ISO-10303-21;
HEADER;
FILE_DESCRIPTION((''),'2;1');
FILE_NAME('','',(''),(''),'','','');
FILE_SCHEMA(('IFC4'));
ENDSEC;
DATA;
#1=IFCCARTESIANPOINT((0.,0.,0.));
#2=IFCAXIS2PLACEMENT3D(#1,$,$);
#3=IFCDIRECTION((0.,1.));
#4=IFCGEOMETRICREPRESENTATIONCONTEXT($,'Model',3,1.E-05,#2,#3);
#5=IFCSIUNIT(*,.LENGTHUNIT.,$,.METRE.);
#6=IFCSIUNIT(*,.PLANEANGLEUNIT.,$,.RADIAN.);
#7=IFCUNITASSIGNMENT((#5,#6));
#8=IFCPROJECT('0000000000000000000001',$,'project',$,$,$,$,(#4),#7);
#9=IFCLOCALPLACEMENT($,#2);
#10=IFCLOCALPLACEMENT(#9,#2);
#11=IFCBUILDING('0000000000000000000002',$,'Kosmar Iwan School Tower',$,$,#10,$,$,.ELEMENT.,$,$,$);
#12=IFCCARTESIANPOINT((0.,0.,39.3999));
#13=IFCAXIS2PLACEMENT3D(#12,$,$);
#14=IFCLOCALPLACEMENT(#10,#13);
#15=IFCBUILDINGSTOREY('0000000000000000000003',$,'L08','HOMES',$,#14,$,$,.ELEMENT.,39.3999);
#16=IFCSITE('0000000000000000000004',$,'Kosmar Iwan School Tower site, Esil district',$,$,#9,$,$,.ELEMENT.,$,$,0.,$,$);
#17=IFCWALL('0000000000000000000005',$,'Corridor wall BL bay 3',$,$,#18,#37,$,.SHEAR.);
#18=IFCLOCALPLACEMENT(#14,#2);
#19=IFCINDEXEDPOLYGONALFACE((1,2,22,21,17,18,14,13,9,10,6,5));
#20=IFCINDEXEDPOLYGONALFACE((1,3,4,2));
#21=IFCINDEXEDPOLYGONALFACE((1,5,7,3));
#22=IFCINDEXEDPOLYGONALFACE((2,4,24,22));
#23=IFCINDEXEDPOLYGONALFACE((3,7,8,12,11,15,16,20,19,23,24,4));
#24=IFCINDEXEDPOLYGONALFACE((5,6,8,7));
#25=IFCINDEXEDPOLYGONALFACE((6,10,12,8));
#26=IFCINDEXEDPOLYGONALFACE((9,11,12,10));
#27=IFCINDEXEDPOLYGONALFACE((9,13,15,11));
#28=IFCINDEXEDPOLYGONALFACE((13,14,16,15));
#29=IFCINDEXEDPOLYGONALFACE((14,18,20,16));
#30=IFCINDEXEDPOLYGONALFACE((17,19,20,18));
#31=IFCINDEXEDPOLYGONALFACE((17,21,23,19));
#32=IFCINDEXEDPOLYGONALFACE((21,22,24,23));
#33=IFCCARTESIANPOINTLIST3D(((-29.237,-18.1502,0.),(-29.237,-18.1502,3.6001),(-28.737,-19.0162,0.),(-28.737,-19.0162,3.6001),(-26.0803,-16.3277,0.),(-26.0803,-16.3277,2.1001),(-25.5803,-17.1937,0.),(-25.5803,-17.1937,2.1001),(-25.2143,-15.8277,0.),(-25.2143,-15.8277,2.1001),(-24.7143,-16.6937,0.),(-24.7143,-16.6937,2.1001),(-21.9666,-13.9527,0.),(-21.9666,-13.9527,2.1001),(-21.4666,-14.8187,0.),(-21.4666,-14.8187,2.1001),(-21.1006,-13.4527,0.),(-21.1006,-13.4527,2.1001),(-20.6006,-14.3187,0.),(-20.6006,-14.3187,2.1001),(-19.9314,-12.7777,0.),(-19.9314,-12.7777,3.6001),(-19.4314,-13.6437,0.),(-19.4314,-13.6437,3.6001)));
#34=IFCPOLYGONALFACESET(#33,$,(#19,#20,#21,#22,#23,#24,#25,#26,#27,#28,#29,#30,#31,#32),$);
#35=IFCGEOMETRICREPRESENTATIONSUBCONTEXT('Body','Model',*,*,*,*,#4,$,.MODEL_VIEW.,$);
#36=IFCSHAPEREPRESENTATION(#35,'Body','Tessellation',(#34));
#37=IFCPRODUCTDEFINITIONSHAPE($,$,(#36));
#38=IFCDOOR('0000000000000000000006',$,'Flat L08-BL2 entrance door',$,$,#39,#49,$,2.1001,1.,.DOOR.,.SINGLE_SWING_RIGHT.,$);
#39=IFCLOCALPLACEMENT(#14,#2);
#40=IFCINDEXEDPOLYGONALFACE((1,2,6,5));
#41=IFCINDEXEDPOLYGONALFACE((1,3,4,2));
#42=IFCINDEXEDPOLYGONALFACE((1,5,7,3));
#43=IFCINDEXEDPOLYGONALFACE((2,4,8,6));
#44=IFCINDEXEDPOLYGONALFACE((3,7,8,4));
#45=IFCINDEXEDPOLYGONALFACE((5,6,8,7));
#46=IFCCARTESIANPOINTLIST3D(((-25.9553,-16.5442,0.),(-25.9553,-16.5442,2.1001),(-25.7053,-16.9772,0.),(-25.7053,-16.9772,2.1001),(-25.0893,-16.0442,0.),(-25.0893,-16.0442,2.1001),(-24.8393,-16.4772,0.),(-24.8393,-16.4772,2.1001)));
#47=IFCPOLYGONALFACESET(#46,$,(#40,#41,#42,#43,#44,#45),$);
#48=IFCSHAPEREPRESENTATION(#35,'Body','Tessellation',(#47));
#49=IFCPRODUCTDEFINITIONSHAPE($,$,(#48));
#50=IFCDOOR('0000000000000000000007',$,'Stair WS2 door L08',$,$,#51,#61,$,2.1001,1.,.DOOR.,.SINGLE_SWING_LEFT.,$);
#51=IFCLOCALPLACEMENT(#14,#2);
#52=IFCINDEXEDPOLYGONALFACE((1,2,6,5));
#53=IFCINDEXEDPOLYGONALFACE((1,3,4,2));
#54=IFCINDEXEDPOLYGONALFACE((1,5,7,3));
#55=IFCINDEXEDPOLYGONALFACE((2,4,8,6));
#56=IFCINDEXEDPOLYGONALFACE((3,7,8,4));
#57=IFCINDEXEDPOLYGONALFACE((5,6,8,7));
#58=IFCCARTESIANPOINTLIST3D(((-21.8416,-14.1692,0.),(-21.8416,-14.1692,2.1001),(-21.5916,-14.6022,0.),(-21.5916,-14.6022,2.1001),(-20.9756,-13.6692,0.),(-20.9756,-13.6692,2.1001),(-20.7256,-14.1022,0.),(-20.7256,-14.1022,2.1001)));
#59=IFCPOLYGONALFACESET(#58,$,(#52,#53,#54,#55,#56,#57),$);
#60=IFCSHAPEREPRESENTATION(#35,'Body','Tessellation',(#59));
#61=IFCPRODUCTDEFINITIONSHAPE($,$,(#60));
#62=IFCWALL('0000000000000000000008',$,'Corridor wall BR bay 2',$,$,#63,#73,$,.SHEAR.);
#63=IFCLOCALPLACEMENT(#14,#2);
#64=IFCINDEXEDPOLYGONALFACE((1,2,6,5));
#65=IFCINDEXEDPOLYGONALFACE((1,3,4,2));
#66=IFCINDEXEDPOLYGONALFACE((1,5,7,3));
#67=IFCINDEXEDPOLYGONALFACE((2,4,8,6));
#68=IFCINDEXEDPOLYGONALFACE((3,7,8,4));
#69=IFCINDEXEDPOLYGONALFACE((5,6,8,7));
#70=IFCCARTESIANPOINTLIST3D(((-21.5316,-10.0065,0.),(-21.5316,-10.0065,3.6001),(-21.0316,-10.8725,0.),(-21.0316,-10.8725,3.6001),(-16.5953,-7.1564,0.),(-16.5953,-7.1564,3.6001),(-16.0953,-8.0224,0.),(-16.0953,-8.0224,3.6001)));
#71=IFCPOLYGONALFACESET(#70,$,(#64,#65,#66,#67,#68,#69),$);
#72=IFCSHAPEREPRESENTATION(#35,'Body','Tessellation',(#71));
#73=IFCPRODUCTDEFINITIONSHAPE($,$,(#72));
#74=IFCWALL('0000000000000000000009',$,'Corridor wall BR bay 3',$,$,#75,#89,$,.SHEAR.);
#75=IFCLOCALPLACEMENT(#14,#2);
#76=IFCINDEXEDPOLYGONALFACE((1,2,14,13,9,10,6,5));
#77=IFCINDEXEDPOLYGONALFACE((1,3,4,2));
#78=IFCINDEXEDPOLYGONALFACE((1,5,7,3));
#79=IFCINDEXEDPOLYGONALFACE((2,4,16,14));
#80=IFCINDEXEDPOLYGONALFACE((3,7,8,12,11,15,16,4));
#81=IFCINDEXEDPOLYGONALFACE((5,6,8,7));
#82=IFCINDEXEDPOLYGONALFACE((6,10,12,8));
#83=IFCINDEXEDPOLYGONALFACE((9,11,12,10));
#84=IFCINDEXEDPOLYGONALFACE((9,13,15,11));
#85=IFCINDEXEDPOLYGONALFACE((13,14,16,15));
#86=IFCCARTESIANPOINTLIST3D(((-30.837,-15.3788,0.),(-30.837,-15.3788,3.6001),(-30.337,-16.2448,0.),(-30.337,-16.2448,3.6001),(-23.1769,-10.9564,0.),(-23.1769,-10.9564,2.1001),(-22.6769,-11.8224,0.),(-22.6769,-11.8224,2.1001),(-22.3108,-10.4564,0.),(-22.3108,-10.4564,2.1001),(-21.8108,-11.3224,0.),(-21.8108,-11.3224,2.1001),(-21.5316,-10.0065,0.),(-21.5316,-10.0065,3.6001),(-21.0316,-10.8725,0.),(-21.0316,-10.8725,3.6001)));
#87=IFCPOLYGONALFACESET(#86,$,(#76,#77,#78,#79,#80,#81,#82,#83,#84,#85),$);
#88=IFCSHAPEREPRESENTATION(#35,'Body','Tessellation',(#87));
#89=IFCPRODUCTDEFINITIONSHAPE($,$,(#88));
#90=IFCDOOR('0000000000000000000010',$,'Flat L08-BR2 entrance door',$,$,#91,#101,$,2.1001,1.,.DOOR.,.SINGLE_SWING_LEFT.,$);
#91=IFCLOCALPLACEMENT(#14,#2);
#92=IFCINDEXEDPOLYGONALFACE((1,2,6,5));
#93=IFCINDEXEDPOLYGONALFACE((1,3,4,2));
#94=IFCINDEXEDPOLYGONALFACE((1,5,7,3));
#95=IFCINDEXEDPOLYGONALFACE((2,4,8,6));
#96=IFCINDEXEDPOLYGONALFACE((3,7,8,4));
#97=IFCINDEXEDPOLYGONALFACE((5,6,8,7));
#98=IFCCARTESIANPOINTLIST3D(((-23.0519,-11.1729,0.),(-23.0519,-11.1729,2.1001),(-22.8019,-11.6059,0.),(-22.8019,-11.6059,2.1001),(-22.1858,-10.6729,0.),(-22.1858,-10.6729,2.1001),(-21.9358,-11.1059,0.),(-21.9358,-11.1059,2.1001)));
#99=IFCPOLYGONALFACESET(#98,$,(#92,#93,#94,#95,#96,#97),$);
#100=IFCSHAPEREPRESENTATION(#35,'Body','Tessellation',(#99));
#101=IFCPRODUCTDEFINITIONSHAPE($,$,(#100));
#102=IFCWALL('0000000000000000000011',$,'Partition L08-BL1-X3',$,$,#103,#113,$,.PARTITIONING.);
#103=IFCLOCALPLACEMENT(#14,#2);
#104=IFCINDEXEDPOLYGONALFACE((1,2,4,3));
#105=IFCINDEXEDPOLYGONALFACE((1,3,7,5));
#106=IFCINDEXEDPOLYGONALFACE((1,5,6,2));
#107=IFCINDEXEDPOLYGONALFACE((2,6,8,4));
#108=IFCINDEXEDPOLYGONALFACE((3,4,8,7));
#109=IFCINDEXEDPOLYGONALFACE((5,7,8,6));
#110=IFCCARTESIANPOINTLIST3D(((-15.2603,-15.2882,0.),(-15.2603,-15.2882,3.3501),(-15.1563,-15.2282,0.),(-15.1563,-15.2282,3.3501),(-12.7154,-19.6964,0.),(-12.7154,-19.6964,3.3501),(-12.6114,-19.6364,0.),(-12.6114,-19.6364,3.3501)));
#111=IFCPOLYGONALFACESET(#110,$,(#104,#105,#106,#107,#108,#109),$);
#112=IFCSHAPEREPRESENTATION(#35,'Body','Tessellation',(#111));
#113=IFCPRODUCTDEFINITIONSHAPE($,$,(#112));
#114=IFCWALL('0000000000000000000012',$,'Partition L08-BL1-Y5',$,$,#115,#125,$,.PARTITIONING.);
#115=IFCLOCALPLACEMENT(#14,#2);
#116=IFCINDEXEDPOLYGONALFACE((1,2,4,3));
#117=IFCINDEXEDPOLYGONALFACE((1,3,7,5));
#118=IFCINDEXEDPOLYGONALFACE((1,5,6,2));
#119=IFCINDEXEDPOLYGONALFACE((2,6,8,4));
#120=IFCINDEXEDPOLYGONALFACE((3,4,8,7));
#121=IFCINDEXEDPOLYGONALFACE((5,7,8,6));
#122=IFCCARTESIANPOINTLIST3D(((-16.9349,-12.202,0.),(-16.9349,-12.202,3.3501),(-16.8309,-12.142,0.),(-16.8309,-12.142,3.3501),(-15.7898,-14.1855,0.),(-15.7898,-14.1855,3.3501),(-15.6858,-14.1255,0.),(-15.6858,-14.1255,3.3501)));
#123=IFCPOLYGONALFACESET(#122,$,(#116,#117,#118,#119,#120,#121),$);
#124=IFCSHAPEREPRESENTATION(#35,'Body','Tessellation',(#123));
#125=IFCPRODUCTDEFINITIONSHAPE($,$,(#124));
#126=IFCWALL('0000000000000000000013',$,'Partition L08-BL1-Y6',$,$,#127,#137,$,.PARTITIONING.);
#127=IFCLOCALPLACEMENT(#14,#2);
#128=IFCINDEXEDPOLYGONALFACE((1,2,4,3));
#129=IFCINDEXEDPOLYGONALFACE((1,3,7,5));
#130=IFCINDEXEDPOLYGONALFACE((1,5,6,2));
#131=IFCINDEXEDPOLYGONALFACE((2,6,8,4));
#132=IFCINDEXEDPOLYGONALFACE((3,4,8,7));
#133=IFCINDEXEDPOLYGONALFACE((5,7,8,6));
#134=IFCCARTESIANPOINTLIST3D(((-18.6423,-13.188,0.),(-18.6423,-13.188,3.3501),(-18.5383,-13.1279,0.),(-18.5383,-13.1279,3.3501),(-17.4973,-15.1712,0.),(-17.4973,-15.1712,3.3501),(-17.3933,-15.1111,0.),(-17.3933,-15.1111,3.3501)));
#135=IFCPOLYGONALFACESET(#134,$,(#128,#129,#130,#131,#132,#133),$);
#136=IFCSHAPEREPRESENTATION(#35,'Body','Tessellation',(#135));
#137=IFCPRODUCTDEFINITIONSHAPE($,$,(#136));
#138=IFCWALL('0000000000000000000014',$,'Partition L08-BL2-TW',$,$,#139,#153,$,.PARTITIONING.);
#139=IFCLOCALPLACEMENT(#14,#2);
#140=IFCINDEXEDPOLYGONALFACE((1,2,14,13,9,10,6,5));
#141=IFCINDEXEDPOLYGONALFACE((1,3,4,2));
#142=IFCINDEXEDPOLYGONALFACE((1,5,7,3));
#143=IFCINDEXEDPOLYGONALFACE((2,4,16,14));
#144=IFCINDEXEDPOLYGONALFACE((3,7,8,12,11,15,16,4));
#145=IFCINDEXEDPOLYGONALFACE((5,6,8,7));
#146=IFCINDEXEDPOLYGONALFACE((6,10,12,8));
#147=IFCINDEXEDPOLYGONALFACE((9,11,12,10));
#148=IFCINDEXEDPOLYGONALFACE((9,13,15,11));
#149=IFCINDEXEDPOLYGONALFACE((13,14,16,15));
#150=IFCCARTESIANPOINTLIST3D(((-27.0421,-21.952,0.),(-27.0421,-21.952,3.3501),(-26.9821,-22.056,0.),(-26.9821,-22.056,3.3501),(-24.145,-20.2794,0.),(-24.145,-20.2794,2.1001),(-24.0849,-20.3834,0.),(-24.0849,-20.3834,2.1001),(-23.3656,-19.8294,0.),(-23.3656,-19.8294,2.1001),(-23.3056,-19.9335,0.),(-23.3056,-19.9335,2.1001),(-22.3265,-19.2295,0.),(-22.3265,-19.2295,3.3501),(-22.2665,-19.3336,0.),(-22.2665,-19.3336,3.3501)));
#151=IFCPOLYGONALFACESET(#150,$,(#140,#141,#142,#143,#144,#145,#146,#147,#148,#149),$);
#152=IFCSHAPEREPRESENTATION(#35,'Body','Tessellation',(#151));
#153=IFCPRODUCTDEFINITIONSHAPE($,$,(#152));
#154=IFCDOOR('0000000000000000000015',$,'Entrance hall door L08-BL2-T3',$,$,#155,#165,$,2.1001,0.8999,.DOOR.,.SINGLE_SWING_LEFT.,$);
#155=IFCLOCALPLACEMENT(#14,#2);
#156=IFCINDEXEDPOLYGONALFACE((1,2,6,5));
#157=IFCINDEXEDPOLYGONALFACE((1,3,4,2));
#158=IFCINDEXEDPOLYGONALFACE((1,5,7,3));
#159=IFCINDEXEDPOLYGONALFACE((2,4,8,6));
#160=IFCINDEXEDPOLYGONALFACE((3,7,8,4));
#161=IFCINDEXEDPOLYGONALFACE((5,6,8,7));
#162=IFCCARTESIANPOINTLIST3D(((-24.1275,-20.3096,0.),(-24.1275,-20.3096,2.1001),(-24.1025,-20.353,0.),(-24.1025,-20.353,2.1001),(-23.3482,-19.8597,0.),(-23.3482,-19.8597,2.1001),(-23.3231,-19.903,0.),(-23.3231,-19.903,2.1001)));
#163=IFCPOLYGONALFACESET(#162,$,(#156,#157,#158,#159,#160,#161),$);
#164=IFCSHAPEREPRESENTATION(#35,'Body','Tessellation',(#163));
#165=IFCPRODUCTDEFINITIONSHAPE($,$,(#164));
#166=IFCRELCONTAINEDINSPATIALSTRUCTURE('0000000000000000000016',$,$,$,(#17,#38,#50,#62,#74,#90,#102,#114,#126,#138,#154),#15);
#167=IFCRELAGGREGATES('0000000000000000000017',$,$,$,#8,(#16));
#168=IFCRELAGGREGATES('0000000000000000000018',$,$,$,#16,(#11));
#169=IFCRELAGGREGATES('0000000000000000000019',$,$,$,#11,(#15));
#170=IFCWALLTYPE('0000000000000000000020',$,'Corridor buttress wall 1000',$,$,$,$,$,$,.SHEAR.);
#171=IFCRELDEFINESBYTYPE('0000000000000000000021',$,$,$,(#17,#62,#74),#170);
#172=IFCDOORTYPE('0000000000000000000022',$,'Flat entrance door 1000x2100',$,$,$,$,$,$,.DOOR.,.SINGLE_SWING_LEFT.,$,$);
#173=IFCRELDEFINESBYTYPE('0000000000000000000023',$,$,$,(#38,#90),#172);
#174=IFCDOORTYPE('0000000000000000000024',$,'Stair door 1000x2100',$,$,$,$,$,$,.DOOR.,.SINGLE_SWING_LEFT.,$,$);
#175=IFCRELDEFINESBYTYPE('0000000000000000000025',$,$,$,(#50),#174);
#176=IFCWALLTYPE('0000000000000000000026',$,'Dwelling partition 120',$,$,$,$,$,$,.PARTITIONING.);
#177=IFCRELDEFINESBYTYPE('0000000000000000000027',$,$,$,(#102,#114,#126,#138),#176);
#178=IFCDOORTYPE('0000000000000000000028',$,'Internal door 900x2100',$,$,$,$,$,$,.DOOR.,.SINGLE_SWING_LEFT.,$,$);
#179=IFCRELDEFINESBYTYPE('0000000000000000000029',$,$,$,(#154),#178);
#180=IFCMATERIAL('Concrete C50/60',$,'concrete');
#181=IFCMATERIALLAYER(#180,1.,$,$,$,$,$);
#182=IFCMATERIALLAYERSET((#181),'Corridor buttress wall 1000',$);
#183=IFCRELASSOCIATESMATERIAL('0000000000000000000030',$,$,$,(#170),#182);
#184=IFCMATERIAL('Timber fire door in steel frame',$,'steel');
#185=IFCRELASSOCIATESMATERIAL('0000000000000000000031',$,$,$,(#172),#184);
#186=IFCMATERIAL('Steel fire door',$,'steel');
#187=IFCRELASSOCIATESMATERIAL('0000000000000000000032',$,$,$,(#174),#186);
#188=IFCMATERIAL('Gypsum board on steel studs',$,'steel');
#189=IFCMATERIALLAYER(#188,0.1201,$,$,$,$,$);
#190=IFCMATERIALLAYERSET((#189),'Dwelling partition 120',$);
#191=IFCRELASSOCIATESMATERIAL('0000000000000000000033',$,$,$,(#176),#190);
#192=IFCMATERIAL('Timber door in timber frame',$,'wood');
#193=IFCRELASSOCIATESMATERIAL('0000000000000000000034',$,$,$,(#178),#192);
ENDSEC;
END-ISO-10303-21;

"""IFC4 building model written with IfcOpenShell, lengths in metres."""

from ifc_helpers import new_model, si_unit, direction, frame, frame_2d, origin, place, context, subcontext, project, spatial, rectangle, extrude, material, layer, layer_set, type_object, element, fill, save


model = new_model("IFC4")

# Units and contexts
model_context = context("Model", 3, precision=1e-05, world=origin(), true_north=direction((0.0, 1.0)))
body_context = subcontext(model_context, "Body", "Model", "MODEL_VIEW")
ifc_project = project(units=[si_unit("LENGTHUNIT", "METRE"), si_unit("PLANEANGLEUNIT", "RADIAN")], contexts=[model_context])

# Site, building, storey
site_placement = place(None, origin())
site = spatial("IfcSite", under=ifc_project, at=site_placement, Name="Kosmar Iwan School Tower site, Esil district", CompositionType="ELEMENT", RefElevation=0.0)
building_placement = place(site_placement, origin())
building = spatial("IfcBuilding", under=site, at=building_placement, Name="Kosmar Iwan School Tower", CompositionType="ELEMENT")
storey_placement = place(building_placement, frame((0.0, 0.0, 39.3999)))
storey = spatial("IfcBuildingStorey", under=building, at=storey_placement, Name="L08", Description="HOMES", CompositionType="ELEMENT", Elevation=39.3999)

# Shared definitions
ifc_material_1 = material(Name="Concrete C50/60", Category="concrete")
ifc_layer_1 = layer(ifc_material_1, 1.0)
ifc_layer_set_1 = layer_set([ifc_layer_1], Name="Corridor buttress wall 1000")
wall_type_1 = type_object("IfcWallType", Name="Corridor buttress wall 1000", PredefinedType="SHEAR", material=ifc_layer_set_1)

# Wall, openings, doors
wall_1_placement = place(storey_placement, frame((-19.6814, -13.2107, 0.0), z_axis=(0.0, 0.0, 1.0), x_axis=(-0.866028, -0.499995, 0.0)))
wall_1 = element("IfcWall", 1, at=wall_1_placement, inside=storey, type_object=wall_type_1, Name="Corridor wall BL bay 3", PredefinedType="SHEAR", context=body_context, shape_type="SweptSolid", body=[
    extrude(rectangle(XDim=10.7451, YDim=1.0, at=frame_2d((5.3726, 0.0))), origin(), (0.0, 0.0, 1.0), 3.6001),
])
opening_1_placement = place(wall_1_placement, frame((6.1001, 0.0, 0.0)))
opening_1 = element("IfcOpeningElement", 2, at=opening_1_placement, cuts=wall_1, PredefinedType="OPENING", context=body_context, shape_type="SweptSolid", body=[
    extrude(rectangle(XDim=1.0, YDim=2.1001, at=frame_2d((0.5, 1.05))), frame((0.0, 0.512, 0.0), z_axis=(0.0, -1.0, 0.0), x_axis=(1.0, 0.0, 0.0)), (0.0, 0.0, 1.0), 1.0239),
])
opening_2_placement = place(wall_1_placement, frame((1.3501, 0.0, 0.0)))
opening_2 = element("IfcOpeningElement", 3, at=opening_2_placement, cuts=wall_1, PredefinedType="OPENING", context=body_context, shape_type="SweptSolid", body=[
    extrude(rectangle(XDim=1.0, YDim=2.1001, at=frame_2d((0.5, 1.05))), frame((0.0, 0.512, 0.0), z_axis=(0.0, -1.0, 0.0), x_axis=(1.0, 0.0, 0.0)), (0.0, 0.0, 1.0), 1.0239),
])
ifc_material_2 = material(Name="Timber fire door in steel frame", Category="steel")
door_type_1 = type_object("IfcDoorType", Name="Flat entrance door 1000x2100", OperationType="SINGLE_SWING_LEFT", PredefinedType="DOOR", material=ifc_material_2)
door_1_placement = place(opening_1_placement, origin())
door_1 = element("IfcDoor", 4, at=door_1_placement, inside=storey, type_object=door_type_1, Name="Flat L08-BL2 entrance door", OperationType="SINGLE_SWING_RIGHT", OverallHeight=2.1001, OverallWidth=1.0, PredefinedType="DOOR", context=body_context, shape_type="SweptSolid", body=[
    extrude(rectangle(XDim=1.0, YDim=2.1001, at=frame_2d((0.5, 1.05))), frame((0.0, 0.25, 0.0), z_axis=(0.0, -1.0, 0.0), x_axis=(1.0, 0.0, 0.0)), (0.0, 0.0, 1.0), 0.5),
])
fill(opening_1, door_1)
ifc_material_3 = material(Name="Steel fire door", Category="steel")
door_type_2 = type_object("IfcDoorType", Name="Stair door 1000x2100", OperationType="SINGLE_SWING_LEFT", PredefinedType="DOOR", material=ifc_material_3)
door_2_placement = place(opening_2_placement, origin())
door_2 = element("IfcDoor", 5, at=door_2_placement, inside=storey, type_object=door_type_2, Name="Stair WS2 door L08", OperationType="SINGLE_SWING_LEFT", OverallHeight=2.1001, OverallWidth=1.0, PredefinedType="DOOR", context=body_context, shape_type="SweptSolid", body=[
    extrude(rectangle(XDim=1.0, YDim=2.1001, at=frame_2d((0.5, 1.05))), frame((0.0, 0.25, 0.0), z_axis=(0.0, -1.0, 0.0), x_axis=(1.0, 0.0, 0.0)), (0.0, 0.0, 1.0), 0.5),
])
fill(opening_2, door_2)

# Wall
wall_2_placement = place(storey_placement, frame((-16.3452, -7.5894, 0.0), z_axis=(0.0, 0.0, 1.0), x_axis=(-0.866015, -0.500018, 0.0)))
element("IfcWall", 6, at=wall_2_placement, inside=storey, type_object=wall_type_1, Name="Corridor wall BR bay 2", PredefinedType="SHEAR", context=body_context, shape_type="SweptSolid", body=[
    extrude(rectangle(XDim=5.7, YDim=1.0, at=frame_2d((2.8501, 0.0))), origin(), (0.0, 0.0, 1.0), 3.6001),
])

# Wall, opening, door
wall_3_placement = place(storey_placement, frame((-21.2815, -10.4395, 0.0), z_axis=(0.0, 0.0, 1.0), x_axis=(-0.866032, -0.499988, 0.0)))
wall_3 = element("IfcWall", 7, at=wall_3_placement, inside=storey, type_object=wall_type_1, Name="Corridor wall BR bay 3", PredefinedType="SHEAR", context=body_context, shape_type="SweptSolid", body=[
    extrude(rectangle(XDim=10.7449, YDim=1.0, at=frame_2d((5.3726, 0.0))), origin(), (0.0, 0.0, 1.0), 3.6001),
])
opening_3_placement = place(wall_3_placement, frame((0.8999, 0.0, 0.0)))
opening_3 = element("IfcOpeningElement", 8, at=opening_3_placement, cuts=wall_3, PredefinedType="OPENING", context=body_context, shape_type="SweptSolid", body=[
    extrude(rectangle(XDim=1.0, YDim=2.1001, at=frame_2d((0.5, 1.05))), frame((0.0, 0.512, 0.0), z_axis=(0.0, -1.0, 0.0), x_axis=(1.0, 0.0, 0.0)), (0.0, 0.0, 1.0), 1.0239),
])
door_3_placement = place(opening_3_placement, origin())
door_3 = element("IfcDoor", 9, at=door_3_placement, inside=storey, type_object=door_type_1, Name="Flat L08-BR2 entrance door", OperationType="SINGLE_SWING_LEFT", OverallHeight=2.1001, OverallWidth=1.0, PredefinedType="DOOR", context=body_context, shape_type="SweptSolid", body=[
    extrude(rectangle(XDim=1.0, YDim=2.1001, at=frame_2d((0.5, 1.05))), frame((0.0, 0.25, 0.0), z_axis=(0.0, -1.0, 0.0), x_axis=(1.0, 0.0, 0.0)), (0.0, 0.0, 1.0), 0.5),
])
fill(opening_3, door_3)

# Walls
ifc_material_4 = material(Name="Gypsum board on steel studs", Category="steel")
ifc_layer_2 = layer(ifc_material_4, 0.1201)
ifc_layer_set_2 = layer_set([ifc_layer_2], Name="Dwelling partition 120")
wall_type_2 = type_object("IfcWallType", Name="Dwelling partition 120", PredefinedType="PARTITIONING", material=ifc_layer_set_2)
wall_4_placement = place(storey_placement, frame((-15.2083, -15.2583, 0.0), z_axis=(0.0, 0.0, 1.0), x_axis=(0.499977, -0.866039, 0.0)))
element("IfcWall", 10, at=wall_4_placement, inside=storey, type_object=wall_type_2, Name="Partition L08-BL1-X3", PredefinedType="PARTITIONING", context=body_context, shape_type="SweptSolid", body=[
    extrude(rectangle(XDim=5.0901, YDim=0.1201, at=frame_2d((2.5449, 0.0))), origin(), (0.0, 0.0, 1.0), 3.3501),
])
wall_5_placement = place(storey_placement, frame((-16.8828, -12.1721, 0.0), z_axis=(0.0, 0.0, 1.0), x_axis=(0.499969, -0.866044, 0.0)))
element("IfcWall", 11, at=wall_5_placement, inside=storey, type_object=wall_type_2, Name="Partition L08-BL1-Y5", PredefinedType="PARTITIONING", context=body_context, shape_type="SweptSolid", body=[
    extrude(rectangle(XDim=2.2903, YDim=0.1201, at=frame_2d((1.145, 0.0))), origin(), (0.0, 0.0, 1.0), 3.3501),
])
wall_6_placement = place(storey_placement, frame((-18.5903, -13.158, 0.0), z_axis=(0.0, 0.0, 1.0), x_axis=(0.500015, -0.866017, 0.0)))
element("IfcWall", 12, at=wall_6_placement, inside=storey, type_object=wall_type_2, Name="Partition L08-BL1-Y6", PredefinedType="PARTITIONING", context=body_context, shape_type="SweptSolid", body=[
    extrude(rectangle(XDim=2.29, YDim=0.1201, at=frame_2d((1.145, 0.0))), origin(), (0.0, 0.0, 1.0), 3.3501),
])

# Wall, opening, door
wall_7_placement = place(storey_placement, frame((-22.2964, -19.2815, 0.0), z_axis=(0.0, 0.0, 1.0), x_axis=(-0.866036, -0.499982, 0.0)))
wall_7 = element("IfcWall", 13, at=wall_7_placement, inside=storey, type_object=wall_type_2, Name="Partition L08-BL2-TW", PredefinedType="PARTITIONING", context=body_context, shape_type="SweptSolid", body=[
    extrude(rectangle(XDim=5.4451, YDim=0.1201, at=frame_2d((2.7227, 0.0))), origin(), (0.0, 0.0, 1.0), 3.3501),
])
opening_4_placement = place(wall_7_placement, frame((1.2, 0.0, 0.0)))
opening_4 = element("IfcOpeningElement", 14, at=opening_4_placement, cuts=wall_7, PredefinedType="OPENING", context=body_context, shape_type="SweptSolid", body=[
    extrude(rectangle(XDim=0.8999, YDim=2.1001, at=frame_2d((0.45, 1.05))), frame((0.0, 0.072, 0.0), z_axis=(0.0, -1.0, 0.0), x_axis=(1.0, 0.0, 0.0)), (0.0, 0.0, 1.0), 0.144),
])
ifc_material_5 = material(Name="Timber door in timber frame", Category="wood")
door_type_3 = type_object("IfcDoorType", Name="Internal door 900x2100", OperationType="SINGLE_SWING_LEFT", PredefinedType="DOOR", material=ifc_material_5)
door_4_placement = place(opening_4_placement, origin())
door_4 = element("IfcDoor", 15, at=door_4_placement, inside=storey, type_object=door_type_3, Name="Entrance hall door L08-BL2-T3", OperationType="SINGLE_SWING_LEFT", OverallHeight=2.1001, OverallWidth=0.8999, PredefinedType="DOOR", context=body_context, shape_type="SweptSolid", body=[
    extrude(rectangle(XDim=0.8999, YDim=2.1001, at=frame_2d((0.45, 1.05))), frame((0.0, 0.0249, 0.0), z_axis=(0.0, -1.0, 0.0), x_axis=(1.0, 0.0, 0.0)), (0.0, 0.0, 1.0), 0.05),
])
fill(opening_4, door_4)

save(model, "model.ifc")
